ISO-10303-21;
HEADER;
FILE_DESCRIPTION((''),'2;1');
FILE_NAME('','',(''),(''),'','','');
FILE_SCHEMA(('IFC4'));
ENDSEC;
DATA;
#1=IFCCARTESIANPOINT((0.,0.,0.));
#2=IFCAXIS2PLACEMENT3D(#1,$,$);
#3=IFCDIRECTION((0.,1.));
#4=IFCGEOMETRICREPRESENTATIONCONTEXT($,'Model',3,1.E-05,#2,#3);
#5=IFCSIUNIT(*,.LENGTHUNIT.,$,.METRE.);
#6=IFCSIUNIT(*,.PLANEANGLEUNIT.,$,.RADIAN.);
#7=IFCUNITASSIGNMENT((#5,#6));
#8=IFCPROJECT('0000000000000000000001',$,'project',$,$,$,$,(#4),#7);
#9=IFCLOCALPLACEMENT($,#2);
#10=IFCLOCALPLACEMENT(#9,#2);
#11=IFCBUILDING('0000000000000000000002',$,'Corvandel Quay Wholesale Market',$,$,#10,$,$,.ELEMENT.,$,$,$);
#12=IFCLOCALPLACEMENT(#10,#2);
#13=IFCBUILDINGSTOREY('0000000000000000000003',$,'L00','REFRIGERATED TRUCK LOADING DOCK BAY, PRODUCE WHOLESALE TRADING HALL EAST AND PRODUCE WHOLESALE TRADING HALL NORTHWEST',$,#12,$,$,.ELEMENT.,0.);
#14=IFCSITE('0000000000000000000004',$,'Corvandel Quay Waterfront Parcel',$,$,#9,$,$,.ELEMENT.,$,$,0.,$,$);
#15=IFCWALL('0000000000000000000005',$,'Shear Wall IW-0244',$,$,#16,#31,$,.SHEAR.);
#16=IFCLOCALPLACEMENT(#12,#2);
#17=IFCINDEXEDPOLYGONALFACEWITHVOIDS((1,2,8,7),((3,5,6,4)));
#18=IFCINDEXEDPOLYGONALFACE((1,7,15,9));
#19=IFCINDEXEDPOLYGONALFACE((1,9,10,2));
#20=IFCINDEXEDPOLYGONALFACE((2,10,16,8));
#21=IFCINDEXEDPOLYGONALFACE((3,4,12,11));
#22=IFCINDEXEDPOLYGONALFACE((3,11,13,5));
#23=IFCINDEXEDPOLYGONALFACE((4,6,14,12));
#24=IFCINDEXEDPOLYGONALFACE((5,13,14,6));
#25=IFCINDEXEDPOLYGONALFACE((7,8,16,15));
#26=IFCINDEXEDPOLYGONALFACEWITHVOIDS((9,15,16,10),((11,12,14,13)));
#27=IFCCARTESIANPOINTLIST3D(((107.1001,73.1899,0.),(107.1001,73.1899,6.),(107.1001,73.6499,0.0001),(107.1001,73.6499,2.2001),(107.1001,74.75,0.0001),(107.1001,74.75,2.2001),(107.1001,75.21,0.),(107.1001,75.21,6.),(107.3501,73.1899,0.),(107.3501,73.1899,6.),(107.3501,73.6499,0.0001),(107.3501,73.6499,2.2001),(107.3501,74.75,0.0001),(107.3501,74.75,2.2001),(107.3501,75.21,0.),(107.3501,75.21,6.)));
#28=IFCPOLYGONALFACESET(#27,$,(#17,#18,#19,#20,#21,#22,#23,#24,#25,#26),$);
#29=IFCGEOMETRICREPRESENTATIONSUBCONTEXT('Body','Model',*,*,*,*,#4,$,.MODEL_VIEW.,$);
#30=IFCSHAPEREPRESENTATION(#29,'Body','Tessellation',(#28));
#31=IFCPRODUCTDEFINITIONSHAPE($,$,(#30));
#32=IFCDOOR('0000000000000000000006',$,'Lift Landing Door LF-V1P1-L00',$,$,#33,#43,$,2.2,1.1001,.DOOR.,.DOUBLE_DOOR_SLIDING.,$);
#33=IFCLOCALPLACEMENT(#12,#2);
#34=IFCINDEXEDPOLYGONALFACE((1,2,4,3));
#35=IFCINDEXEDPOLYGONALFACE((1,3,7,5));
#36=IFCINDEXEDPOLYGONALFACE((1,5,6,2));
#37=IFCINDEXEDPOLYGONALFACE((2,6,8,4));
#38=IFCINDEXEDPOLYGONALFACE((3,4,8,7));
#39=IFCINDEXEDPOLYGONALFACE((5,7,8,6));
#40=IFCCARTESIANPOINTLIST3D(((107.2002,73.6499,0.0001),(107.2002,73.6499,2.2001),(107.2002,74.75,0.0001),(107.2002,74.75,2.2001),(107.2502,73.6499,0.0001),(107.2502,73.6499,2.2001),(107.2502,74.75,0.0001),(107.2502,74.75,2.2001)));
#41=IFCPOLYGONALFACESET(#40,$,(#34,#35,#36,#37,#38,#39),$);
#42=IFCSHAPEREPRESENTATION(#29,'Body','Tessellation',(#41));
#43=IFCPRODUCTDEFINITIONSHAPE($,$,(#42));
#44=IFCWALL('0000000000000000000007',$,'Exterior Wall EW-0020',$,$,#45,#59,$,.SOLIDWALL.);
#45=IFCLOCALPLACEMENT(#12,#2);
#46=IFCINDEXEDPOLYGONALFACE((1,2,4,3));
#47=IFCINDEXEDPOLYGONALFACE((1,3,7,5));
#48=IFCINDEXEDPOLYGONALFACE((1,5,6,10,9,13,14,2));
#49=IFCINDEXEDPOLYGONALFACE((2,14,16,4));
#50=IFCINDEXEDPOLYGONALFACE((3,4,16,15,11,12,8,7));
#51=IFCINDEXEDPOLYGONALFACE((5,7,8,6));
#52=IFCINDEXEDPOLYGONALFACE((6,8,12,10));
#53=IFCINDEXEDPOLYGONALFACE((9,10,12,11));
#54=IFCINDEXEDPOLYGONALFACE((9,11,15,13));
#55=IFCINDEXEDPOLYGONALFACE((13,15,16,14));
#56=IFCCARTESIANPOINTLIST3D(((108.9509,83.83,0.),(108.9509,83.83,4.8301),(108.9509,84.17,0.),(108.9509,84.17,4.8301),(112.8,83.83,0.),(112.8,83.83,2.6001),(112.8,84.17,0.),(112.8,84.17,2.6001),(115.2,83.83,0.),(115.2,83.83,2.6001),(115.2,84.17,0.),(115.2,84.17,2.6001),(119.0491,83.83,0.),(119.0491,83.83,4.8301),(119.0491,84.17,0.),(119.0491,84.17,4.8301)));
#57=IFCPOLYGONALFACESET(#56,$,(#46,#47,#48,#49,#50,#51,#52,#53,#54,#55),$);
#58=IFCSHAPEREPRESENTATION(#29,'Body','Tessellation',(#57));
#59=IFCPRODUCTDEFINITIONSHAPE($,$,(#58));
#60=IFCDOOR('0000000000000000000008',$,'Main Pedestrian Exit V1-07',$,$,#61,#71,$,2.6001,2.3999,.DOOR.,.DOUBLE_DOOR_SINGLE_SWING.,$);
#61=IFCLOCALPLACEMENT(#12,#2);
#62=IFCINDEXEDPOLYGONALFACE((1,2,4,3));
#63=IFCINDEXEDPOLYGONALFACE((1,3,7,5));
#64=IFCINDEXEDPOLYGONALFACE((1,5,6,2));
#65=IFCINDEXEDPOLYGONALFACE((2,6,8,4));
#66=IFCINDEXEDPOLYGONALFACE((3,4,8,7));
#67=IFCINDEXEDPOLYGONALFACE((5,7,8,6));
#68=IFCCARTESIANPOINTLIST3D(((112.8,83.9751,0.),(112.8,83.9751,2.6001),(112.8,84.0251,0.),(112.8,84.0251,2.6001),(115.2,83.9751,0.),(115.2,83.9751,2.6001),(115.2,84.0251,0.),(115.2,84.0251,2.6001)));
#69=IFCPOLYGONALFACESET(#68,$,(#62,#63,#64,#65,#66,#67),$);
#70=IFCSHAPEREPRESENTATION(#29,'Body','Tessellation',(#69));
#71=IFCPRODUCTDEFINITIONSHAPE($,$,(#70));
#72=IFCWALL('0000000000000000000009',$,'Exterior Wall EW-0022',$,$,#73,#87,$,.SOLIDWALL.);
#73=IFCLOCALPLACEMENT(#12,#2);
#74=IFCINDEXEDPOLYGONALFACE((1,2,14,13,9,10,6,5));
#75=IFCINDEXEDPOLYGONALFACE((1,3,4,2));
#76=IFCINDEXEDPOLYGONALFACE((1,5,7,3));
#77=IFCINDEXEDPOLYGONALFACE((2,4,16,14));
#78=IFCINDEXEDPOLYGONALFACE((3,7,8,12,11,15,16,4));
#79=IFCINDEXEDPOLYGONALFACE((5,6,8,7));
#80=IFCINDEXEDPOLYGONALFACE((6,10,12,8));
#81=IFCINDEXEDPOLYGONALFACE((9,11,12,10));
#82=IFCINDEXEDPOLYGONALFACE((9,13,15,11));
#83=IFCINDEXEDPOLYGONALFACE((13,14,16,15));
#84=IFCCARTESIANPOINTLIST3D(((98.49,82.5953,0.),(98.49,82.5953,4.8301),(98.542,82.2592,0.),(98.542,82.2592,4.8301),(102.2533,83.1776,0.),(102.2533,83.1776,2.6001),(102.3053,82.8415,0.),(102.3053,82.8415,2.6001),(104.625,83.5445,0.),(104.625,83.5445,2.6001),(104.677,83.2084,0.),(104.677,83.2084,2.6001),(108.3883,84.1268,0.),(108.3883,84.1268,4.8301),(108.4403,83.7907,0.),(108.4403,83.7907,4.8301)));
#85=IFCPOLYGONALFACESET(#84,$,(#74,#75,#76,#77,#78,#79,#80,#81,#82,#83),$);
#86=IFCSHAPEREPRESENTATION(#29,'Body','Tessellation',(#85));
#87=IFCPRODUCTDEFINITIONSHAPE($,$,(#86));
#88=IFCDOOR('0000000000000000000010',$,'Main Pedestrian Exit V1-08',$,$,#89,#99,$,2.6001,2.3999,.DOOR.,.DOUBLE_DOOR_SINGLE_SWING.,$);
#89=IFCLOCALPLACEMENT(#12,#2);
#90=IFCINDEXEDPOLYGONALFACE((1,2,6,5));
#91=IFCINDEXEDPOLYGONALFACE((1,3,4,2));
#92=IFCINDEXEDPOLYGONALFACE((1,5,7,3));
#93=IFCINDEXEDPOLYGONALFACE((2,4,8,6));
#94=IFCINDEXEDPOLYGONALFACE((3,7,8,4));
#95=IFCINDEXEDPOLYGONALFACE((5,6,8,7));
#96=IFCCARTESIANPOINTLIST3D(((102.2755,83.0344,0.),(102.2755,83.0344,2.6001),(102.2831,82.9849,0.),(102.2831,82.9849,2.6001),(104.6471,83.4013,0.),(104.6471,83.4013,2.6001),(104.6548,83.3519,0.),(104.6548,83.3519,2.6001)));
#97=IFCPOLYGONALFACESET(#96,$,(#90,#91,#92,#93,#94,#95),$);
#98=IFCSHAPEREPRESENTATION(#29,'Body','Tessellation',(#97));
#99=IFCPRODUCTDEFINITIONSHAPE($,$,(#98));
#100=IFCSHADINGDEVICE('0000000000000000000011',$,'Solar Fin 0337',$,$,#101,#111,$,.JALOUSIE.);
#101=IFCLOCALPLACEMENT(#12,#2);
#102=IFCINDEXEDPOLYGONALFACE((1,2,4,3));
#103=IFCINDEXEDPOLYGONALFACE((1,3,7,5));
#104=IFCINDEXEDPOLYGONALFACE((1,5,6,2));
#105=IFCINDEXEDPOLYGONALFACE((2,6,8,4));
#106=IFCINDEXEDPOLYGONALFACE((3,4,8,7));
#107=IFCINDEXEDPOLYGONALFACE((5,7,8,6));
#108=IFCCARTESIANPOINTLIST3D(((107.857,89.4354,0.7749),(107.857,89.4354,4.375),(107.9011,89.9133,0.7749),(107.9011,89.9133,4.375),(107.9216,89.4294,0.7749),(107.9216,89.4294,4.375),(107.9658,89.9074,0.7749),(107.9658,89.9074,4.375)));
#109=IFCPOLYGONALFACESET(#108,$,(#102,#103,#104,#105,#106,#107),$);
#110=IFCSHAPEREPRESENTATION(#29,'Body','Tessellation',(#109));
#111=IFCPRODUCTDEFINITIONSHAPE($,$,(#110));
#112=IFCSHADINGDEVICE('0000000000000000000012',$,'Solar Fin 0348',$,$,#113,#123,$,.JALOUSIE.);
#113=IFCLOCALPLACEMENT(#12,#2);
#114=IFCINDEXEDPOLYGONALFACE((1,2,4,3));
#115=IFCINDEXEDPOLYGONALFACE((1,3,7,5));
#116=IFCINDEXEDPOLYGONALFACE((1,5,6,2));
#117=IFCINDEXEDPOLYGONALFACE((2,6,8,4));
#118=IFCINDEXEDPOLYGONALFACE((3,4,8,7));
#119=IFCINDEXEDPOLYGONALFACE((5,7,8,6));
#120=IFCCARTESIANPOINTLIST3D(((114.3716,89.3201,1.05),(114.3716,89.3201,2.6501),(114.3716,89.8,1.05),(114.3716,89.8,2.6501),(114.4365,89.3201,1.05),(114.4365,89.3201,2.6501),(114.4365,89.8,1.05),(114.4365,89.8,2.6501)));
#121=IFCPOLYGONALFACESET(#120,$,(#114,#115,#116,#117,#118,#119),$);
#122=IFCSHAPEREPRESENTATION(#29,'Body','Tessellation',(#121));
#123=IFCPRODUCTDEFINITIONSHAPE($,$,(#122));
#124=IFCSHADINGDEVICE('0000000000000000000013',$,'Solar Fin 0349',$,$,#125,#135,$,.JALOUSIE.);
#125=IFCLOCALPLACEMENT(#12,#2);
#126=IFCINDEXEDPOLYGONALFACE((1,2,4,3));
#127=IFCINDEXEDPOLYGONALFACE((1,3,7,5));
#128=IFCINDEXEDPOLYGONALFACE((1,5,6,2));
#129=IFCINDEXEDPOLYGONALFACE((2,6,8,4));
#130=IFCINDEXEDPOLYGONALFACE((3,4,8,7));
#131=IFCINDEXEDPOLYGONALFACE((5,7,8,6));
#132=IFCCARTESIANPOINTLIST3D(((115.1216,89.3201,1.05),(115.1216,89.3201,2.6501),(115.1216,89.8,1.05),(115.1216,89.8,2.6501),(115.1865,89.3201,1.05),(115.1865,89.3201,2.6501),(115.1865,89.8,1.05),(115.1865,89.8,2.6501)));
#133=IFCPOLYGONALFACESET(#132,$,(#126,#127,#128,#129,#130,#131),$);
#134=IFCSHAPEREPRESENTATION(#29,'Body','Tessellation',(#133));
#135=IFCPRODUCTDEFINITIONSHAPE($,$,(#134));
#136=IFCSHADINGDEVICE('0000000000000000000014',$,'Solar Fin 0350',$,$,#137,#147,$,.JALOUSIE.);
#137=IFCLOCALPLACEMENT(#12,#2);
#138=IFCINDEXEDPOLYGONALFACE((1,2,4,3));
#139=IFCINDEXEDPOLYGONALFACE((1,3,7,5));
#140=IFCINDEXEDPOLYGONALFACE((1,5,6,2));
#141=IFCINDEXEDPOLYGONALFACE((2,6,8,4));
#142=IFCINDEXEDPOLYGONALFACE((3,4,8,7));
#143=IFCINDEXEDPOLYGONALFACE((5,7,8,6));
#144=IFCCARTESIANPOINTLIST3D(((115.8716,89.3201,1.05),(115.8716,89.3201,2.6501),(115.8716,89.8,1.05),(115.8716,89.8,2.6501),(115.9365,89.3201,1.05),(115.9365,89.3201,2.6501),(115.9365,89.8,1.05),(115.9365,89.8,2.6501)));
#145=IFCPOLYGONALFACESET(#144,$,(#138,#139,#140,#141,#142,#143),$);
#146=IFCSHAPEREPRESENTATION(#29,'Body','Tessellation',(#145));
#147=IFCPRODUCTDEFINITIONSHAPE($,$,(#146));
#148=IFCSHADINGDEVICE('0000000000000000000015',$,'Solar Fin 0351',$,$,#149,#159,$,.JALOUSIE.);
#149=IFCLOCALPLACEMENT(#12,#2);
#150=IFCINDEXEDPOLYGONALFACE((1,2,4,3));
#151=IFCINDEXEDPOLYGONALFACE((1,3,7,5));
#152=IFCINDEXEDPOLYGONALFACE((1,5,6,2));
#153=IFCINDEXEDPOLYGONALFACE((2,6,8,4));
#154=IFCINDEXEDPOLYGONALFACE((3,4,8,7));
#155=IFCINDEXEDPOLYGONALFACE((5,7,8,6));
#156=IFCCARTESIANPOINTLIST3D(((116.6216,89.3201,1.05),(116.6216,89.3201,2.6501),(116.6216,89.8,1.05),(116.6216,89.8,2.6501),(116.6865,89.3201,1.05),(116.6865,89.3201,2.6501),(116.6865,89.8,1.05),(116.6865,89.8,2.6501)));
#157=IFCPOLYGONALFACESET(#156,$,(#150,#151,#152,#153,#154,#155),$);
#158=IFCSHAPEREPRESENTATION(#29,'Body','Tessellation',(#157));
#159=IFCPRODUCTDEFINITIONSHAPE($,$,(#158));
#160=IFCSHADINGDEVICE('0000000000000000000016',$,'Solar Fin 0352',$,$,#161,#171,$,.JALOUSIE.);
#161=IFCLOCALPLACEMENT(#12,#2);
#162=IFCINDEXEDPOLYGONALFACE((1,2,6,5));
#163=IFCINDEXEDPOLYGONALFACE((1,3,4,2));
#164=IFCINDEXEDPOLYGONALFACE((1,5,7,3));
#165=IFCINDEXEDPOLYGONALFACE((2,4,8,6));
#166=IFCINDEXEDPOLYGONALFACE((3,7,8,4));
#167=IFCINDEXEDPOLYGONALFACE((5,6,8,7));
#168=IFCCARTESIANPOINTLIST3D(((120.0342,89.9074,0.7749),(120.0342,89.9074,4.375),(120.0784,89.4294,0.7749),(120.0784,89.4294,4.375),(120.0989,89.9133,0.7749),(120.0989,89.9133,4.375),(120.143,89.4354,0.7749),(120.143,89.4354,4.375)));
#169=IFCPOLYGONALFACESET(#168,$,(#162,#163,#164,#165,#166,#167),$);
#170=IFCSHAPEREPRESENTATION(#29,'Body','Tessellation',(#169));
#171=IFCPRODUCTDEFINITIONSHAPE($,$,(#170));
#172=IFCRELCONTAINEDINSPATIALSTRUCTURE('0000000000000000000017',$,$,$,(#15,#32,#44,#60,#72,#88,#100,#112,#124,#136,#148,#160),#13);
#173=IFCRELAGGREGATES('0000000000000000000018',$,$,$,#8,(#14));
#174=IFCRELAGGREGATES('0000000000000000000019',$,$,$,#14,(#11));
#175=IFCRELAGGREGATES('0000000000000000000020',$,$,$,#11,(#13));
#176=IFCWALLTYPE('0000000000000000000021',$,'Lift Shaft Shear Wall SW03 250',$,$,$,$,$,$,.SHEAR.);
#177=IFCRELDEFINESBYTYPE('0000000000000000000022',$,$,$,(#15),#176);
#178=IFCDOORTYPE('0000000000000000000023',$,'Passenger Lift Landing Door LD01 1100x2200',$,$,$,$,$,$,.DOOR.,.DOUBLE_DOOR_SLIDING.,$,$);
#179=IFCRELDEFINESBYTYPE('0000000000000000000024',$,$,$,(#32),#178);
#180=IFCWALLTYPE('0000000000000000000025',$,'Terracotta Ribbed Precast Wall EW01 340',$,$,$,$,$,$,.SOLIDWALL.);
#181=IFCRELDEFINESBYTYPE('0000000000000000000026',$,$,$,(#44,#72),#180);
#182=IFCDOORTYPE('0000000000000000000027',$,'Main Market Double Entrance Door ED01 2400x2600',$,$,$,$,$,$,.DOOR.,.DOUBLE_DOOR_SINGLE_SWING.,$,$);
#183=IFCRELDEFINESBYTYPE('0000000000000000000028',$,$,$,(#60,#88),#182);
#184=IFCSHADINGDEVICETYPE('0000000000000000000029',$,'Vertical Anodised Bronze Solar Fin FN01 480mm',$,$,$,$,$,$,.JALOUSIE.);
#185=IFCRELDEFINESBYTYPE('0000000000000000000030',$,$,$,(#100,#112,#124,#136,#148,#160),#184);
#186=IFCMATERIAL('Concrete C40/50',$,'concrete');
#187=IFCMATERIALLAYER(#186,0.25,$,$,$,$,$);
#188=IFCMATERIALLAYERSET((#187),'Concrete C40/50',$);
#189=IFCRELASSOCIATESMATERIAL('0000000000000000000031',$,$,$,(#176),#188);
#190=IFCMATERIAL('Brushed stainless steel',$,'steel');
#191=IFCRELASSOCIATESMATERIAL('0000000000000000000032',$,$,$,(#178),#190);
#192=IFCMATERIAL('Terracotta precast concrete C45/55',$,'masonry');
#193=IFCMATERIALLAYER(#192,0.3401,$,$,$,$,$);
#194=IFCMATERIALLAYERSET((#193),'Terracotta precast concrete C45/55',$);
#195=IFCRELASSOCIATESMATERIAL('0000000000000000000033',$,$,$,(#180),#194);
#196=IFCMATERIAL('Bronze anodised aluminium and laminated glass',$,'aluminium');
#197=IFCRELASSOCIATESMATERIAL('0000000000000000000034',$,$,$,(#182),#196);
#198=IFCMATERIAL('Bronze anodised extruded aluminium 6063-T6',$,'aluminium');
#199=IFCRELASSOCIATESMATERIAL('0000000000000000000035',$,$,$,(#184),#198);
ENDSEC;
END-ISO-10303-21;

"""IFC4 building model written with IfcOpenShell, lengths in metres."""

from ifc_helpers import new_model, si_unit, direction, frame, frame_2d, origin, origin_2d, place, context, subcontext, project, spatial, rectangle, extrude, material, layer, layer_set, type_object, element, fill, save


model = new_model("IFC4")

# Units and contexts
model_context = context("Model", 3, precision=1e-05, world=origin(), true_north=direction((0.0, 1.0)))
body_context = subcontext(model_context, "Body", "Model", "MODEL_VIEW")
ifc_project = project(units=[si_unit("LENGTHUNIT", "METRE"), si_unit("PLANEANGLEUNIT", "RADIAN")], contexts=[model_context])

# Site, building, storey
site_placement = place(None, origin())
site = spatial("IfcSite", under=ifc_project, at=site_placement, Name="Corvandel Quay Waterfront Parcel", CompositionType="ELEMENT", RefElevation=0.0)
building_placement = place(site_placement, origin())
building = spatial("IfcBuilding", under=site, at=building_placement, Name="Corvandel Quay Wholesale Market", CompositionType="ELEMENT")
storey_placement = place(building_placement, origin())
storey = spatial("IfcBuildingStorey", under=building, at=storey_placement, Name="L00", Description="REFRIGERATED TRUCK LOADING DOCK BAY, PRODUCE WHOLESALE TRADING HALL EAST AND PRODUCE WHOLESALE TRADING HALL NORTHWEST", CompositionType="ELEMENT", Elevation=0.0)

# Shared definitions
ifc_material_1 = material(Name="Concrete C40/50", Category="concrete")

# Walls, openings, doors
ifc_layer_1 = layer(ifc_material_1, 0.25)
ifc_layer_set_1 = layer_set([ifc_layer_1], Name="Concrete C40/50")
wall_type_1 = type_object("IfcWallType", Name="Lift Shaft Shear Wall SW03 250", PredefinedType="SHEAR", material=ifc_layer_set_1)
wall_1_placement = place(storey_placement, frame((107.2251, 73.1899, 0.0), z_axis=(0.0, 0.0, 1.0), x_axis=(0.0, 1.0, 0.0)))
wall_1 = element("IfcWall", 1, at=wall_1_placement, inside=storey, type_object=wall_type_1, Name="Shear Wall IW-0244", PredefinedType="SHEAR", context=body_context, shape_type="SweptSolid", body=[
    extrude(rectangle(XDim=2.02, YDim=0.25, at=frame_2d((1.01, 0.0))), origin(), (0.0, 0.0, 1.0), 6.0),
])
opening_1_placement = place(wall_1_placement, frame((0.46, 0.0, 0.0)))
opening_1 = element("IfcOpeningElement", 2, at=opening_1_placement, cuts=wall_1, PredefinedType="OPENING", context=body_context, shape_type="SweptSolid", body=[
    extrude(rectangle(XDim=1.1001, YDim=2.2, at=frame_2d((0.55, 1.1001))), frame((0.0, 0.135, 0.0), z_axis=(0.0, -1.0, 0.0), x_axis=(1.0, 0.0, 0.0)), (0.0, 0.0, 1.0), 0.27),
])
ifc_material_2 = material(Name="Brushed stainless steel", Category="steel")
door_type_1 = type_object("IfcDoorType", Name="Passenger Lift Landing Door LD01 1100x2200", OperationType="DOUBLE_DOOR_SLIDING", PredefinedType="DOOR", material=ifc_material_2)
door_1_placement = place(opening_1_placement, origin())
door_1 = element("IfcDoor", 3, at=door_1_placement, inside=storey, type_object=door_type_1, Name="Lift Landing Door LF-V1P1-L00", OperationType="DOUBLE_DOOR_SLIDING", OverallHeight=2.2, OverallWidth=1.1001, PredefinedType="DOOR", context=body_context, shape_type="SweptSolid", body=[
    extrude(rectangle(XDim=1.1001, YDim=2.2, at=frame_2d((0.55, 1.1001))), frame((0.0, 0.0249, 0.0), z_axis=(0.0, -1.0, 0.0), x_axis=(1.0, 0.0, 0.0)), (0.0, 0.0, 1.0), 0.05),
])
fill(opening_1, door_1)
ifc_material_3 = material(Name="Terracotta precast concrete C45/55", Category="masonry")
ifc_layer_2 = layer(ifc_material_3, 0.3401)
ifc_layer_set_2 = layer_set([ifc_layer_2], Name="Terracotta precast concrete C45/55")
wall_type_2 = type_object("IfcWallType", Name="Terracotta Ribbed Precast Wall EW01 340", PredefinedType="SOLIDWALL", material=ifc_layer_set_2)
wall_2_placement = place(storey_placement, frame((119.0491, 84.0, 0.0), z_axis=(0.0, 0.0, 1.0), x_axis=(-1.0, 0.0, 0.0)))
wall_2 = element("IfcWall", 4, at=wall_2_placement, inside=storey, type_object=wall_type_2, Name="Exterior Wall EW-0020", PredefinedType="SOLIDWALL", context=body_context, shape_type="SweptSolid", body=[
    extrude(rectangle(XDim=10.0981, YDim=0.3401, at=frame_2d((5.0491, 0.0))), origin(), (0.0, 0.0, 1.0), 4.8301),
])
opening_2_placement = place(wall_2_placement, frame((3.8491, 0.0, 0.0)))
opening_2 = element("IfcOpeningElement", 5, at=opening_2_placement, cuts=wall_2, PredefinedType="OPENING", context=body_context, shape_type="SweptSolid", body=[
    extrude(rectangle(XDim=2.3999, YDim=2.6001, at=frame_2d((1.2, 1.3))), frame((0.0, 0.1799, 0.0), z_axis=(0.0, -1.0, 0.0), x_axis=(1.0, 0.0, 0.0)), (0.0, 0.0, 1.0), 0.3601),
])
ifc_material_4 = material(Name="Bronze anodised aluminium and laminated glass", Category="aluminium")
door_type_2 = type_object("IfcDoorType", Name="Main Market Double Entrance Door ED01 2400x2600", OperationType="DOUBLE_DOOR_SINGLE_SWING", PredefinedType="DOOR", material=ifc_material_4)
door_2_placement = place(opening_2_placement, origin())
door_2 = element("IfcDoor", 6, at=door_2_placement, inside=storey, type_object=door_type_2, Name="Main Pedestrian Exit V1-07", OperationType="DOUBLE_DOOR_SINGLE_SWING", OverallHeight=2.6001, OverallWidth=2.3999, PredefinedType="DOOR", context=body_context, shape_type="SweptSolid", body=[
    extrude(rectangle(XDim=2.3999, YDim=2.6001, at=frame_2d((1.2, 1.3))), frame((0.0, 0.0249, 0.0), z_axis=(0.0, -1.0, 0.0), x_axis=(1.0, 0.0, 0.0)), (0.0, 0.0, 1.0), 0.05),
])
fill(opening_2, door_2)
wall_3_placement = place(storey_placement, frame((108.4143, 83.9587, 0.0), z_axis=(0.0, 0.0, 1.0), x_axis=(-0.988241, -0.152902, 0.0)))
wall_3 = element("IfcWall", 7, at=wall_3_placement, inside=storey, type_object=wall_type_2, Name="Exterior Wall EW-0022", PredefinedType="SOLIDWALL", context=body_context, shape_type="SweptSolid", body=[
    extrude(rectangle(XDim=10.0161, YDim=0.3401, at=frame_2d((5.0081, 0.0))), origin(), (0.0, 0.0, 1.0), 4.8301),
])
opening_3_placement = place(wall_3_placement, frame((3.8081, 0.0, 0.0)))
opening_3 = element("IfcOpeningElement", 8, at=opening_3_placement, cuts=wall_3, PredefinedType="OPENING", context=body_context, shape_type="SweptSolid", body=[
    extrude(rectangle(XDim=2.3999, YDim=2.6001, at=frame_2d((1.2, 1.3))), frame((0.0, 0.1799, 0.0), z_axis=(0.0, -1.0, 0.0), x_axis=(1.0, 0.0, 0.0)), (0.0, 0.0, 1.0), 0.3601),
])
door_3_placement = place(opening_3_placement, origin())
door_3 = element("IfcDoor", 9, at=door_3_placement, inside=storey, type_object=door_type_2, Name="Main Pedestrian Exit V1-08", OperationType="DOUBLE_DOOR_SINGLE_SWING", OverallHeight=2.6001, OverallWidth=2.3999, PredefinedType="DOOR", context=body_context, shape_type="SweptSolid", body=[
    extrude(rectangle(XDim=2.3999, YDim=2.6001, at=frame_2d((1.2, 1.3))), frame((0.0, 0.0249, 0.0), z_axis=(0.0, -1.0, 0.0), x_axis=(1.0, 0.0, 0.0)), (0.0, 0.0, 1.0), 0.05),
])
fill(opening_3, door_3)

# Shading devices
ifc_material_5 = material(Name="Bronze anodised extruded aluminium 6063-T6", Category="aluminium")
shading_device_type = type_object("IfcShadingDeviceType", Name="Vertical Anodised Bronze Solar Fin FN01 480mm", PredefinedType="JALOUSIE", material=ifc_material_5)
shading_device_1_placement = place(storey_placement, frame((107.9114, 89.6714, 0.7749), z_axis=(0.0, 0.0, 1.0), x_axis=(0.092023, 0.995757, 0.0)))
element("IfcShadingDevice", 10, at=shading_device_1_placement, inside=storey, type_object=shading_device_type, Name="Solar Fin 0337", PredefinedType="JALOUSIE", context=body_context, shape_type="SweptSolid", body=[
    extrude(rectangle(XDim=0.48, YDim=0.0649, at=origin_2d()), origin(), (0.0, 0.0, 1.0), 3.6001),
])
for number, where, z_axis, x_axis, name in (
    (11, (114.4041, 89.5601, 1.05), (0.0, 0.0, 1.0), (0.0, 1.0, 0.0), "Solar Fin 0348"),
    (12, (115.1541, 89.5601, 1.05), (0.0, 0.0, 1.0), (0.0, 1.0, 0.0), "Solar Fin 0349"),
    (13, (115.9041, 89.5601, 1.05), (0.0, 0.0, 1.0), (0.0, 1.0, 0.0), "Solar Fin 0350"),
    (14, (116.6541, 89.5601, 1.05), (0.0, 0.0, 1.0), (0.0, 1.0, 0.0), "Solar Fin 0351"),
):
    element("IfcShadingDevice", number, at=place(storey_placement, frame(where, z_axis=z_axis, x_axis=x_axis)), inside=storey, type_object=shading_device_type, Name=name, PredefinedType="JALOUSIE", context=body_context, shape_type="SweptSolid", body=[
        extrude(rectangle(XDim=0.48, YDim=0.0649, at=origin_2d()), origin(), (0.0, 0.0, 1.0), 1.6001),
    ])
shading_device_2_placement = place(storey_placement, frame((120.0886, 89.6714, 0.7749), z_axis=(0.0, 0.0, 1.0), x_axis=(-0.092023, 0.995757, 0.0)))
element("IfcShadingDevice", 15, at=shading_device_2_placement, inside=storey, type_object=shading_device_type, Name="Solar Fin 0352", PredefinedType="JALOUSIE", context=body_context, shape_type="SweptSolid", body=[
    extrude(rectangle(XDim=0.48, YDim=0.0649, at=origin_2d()), origin(), (0.0, 0.0, 1.0), 3.6001),
])

save(model, "model.ifc")
